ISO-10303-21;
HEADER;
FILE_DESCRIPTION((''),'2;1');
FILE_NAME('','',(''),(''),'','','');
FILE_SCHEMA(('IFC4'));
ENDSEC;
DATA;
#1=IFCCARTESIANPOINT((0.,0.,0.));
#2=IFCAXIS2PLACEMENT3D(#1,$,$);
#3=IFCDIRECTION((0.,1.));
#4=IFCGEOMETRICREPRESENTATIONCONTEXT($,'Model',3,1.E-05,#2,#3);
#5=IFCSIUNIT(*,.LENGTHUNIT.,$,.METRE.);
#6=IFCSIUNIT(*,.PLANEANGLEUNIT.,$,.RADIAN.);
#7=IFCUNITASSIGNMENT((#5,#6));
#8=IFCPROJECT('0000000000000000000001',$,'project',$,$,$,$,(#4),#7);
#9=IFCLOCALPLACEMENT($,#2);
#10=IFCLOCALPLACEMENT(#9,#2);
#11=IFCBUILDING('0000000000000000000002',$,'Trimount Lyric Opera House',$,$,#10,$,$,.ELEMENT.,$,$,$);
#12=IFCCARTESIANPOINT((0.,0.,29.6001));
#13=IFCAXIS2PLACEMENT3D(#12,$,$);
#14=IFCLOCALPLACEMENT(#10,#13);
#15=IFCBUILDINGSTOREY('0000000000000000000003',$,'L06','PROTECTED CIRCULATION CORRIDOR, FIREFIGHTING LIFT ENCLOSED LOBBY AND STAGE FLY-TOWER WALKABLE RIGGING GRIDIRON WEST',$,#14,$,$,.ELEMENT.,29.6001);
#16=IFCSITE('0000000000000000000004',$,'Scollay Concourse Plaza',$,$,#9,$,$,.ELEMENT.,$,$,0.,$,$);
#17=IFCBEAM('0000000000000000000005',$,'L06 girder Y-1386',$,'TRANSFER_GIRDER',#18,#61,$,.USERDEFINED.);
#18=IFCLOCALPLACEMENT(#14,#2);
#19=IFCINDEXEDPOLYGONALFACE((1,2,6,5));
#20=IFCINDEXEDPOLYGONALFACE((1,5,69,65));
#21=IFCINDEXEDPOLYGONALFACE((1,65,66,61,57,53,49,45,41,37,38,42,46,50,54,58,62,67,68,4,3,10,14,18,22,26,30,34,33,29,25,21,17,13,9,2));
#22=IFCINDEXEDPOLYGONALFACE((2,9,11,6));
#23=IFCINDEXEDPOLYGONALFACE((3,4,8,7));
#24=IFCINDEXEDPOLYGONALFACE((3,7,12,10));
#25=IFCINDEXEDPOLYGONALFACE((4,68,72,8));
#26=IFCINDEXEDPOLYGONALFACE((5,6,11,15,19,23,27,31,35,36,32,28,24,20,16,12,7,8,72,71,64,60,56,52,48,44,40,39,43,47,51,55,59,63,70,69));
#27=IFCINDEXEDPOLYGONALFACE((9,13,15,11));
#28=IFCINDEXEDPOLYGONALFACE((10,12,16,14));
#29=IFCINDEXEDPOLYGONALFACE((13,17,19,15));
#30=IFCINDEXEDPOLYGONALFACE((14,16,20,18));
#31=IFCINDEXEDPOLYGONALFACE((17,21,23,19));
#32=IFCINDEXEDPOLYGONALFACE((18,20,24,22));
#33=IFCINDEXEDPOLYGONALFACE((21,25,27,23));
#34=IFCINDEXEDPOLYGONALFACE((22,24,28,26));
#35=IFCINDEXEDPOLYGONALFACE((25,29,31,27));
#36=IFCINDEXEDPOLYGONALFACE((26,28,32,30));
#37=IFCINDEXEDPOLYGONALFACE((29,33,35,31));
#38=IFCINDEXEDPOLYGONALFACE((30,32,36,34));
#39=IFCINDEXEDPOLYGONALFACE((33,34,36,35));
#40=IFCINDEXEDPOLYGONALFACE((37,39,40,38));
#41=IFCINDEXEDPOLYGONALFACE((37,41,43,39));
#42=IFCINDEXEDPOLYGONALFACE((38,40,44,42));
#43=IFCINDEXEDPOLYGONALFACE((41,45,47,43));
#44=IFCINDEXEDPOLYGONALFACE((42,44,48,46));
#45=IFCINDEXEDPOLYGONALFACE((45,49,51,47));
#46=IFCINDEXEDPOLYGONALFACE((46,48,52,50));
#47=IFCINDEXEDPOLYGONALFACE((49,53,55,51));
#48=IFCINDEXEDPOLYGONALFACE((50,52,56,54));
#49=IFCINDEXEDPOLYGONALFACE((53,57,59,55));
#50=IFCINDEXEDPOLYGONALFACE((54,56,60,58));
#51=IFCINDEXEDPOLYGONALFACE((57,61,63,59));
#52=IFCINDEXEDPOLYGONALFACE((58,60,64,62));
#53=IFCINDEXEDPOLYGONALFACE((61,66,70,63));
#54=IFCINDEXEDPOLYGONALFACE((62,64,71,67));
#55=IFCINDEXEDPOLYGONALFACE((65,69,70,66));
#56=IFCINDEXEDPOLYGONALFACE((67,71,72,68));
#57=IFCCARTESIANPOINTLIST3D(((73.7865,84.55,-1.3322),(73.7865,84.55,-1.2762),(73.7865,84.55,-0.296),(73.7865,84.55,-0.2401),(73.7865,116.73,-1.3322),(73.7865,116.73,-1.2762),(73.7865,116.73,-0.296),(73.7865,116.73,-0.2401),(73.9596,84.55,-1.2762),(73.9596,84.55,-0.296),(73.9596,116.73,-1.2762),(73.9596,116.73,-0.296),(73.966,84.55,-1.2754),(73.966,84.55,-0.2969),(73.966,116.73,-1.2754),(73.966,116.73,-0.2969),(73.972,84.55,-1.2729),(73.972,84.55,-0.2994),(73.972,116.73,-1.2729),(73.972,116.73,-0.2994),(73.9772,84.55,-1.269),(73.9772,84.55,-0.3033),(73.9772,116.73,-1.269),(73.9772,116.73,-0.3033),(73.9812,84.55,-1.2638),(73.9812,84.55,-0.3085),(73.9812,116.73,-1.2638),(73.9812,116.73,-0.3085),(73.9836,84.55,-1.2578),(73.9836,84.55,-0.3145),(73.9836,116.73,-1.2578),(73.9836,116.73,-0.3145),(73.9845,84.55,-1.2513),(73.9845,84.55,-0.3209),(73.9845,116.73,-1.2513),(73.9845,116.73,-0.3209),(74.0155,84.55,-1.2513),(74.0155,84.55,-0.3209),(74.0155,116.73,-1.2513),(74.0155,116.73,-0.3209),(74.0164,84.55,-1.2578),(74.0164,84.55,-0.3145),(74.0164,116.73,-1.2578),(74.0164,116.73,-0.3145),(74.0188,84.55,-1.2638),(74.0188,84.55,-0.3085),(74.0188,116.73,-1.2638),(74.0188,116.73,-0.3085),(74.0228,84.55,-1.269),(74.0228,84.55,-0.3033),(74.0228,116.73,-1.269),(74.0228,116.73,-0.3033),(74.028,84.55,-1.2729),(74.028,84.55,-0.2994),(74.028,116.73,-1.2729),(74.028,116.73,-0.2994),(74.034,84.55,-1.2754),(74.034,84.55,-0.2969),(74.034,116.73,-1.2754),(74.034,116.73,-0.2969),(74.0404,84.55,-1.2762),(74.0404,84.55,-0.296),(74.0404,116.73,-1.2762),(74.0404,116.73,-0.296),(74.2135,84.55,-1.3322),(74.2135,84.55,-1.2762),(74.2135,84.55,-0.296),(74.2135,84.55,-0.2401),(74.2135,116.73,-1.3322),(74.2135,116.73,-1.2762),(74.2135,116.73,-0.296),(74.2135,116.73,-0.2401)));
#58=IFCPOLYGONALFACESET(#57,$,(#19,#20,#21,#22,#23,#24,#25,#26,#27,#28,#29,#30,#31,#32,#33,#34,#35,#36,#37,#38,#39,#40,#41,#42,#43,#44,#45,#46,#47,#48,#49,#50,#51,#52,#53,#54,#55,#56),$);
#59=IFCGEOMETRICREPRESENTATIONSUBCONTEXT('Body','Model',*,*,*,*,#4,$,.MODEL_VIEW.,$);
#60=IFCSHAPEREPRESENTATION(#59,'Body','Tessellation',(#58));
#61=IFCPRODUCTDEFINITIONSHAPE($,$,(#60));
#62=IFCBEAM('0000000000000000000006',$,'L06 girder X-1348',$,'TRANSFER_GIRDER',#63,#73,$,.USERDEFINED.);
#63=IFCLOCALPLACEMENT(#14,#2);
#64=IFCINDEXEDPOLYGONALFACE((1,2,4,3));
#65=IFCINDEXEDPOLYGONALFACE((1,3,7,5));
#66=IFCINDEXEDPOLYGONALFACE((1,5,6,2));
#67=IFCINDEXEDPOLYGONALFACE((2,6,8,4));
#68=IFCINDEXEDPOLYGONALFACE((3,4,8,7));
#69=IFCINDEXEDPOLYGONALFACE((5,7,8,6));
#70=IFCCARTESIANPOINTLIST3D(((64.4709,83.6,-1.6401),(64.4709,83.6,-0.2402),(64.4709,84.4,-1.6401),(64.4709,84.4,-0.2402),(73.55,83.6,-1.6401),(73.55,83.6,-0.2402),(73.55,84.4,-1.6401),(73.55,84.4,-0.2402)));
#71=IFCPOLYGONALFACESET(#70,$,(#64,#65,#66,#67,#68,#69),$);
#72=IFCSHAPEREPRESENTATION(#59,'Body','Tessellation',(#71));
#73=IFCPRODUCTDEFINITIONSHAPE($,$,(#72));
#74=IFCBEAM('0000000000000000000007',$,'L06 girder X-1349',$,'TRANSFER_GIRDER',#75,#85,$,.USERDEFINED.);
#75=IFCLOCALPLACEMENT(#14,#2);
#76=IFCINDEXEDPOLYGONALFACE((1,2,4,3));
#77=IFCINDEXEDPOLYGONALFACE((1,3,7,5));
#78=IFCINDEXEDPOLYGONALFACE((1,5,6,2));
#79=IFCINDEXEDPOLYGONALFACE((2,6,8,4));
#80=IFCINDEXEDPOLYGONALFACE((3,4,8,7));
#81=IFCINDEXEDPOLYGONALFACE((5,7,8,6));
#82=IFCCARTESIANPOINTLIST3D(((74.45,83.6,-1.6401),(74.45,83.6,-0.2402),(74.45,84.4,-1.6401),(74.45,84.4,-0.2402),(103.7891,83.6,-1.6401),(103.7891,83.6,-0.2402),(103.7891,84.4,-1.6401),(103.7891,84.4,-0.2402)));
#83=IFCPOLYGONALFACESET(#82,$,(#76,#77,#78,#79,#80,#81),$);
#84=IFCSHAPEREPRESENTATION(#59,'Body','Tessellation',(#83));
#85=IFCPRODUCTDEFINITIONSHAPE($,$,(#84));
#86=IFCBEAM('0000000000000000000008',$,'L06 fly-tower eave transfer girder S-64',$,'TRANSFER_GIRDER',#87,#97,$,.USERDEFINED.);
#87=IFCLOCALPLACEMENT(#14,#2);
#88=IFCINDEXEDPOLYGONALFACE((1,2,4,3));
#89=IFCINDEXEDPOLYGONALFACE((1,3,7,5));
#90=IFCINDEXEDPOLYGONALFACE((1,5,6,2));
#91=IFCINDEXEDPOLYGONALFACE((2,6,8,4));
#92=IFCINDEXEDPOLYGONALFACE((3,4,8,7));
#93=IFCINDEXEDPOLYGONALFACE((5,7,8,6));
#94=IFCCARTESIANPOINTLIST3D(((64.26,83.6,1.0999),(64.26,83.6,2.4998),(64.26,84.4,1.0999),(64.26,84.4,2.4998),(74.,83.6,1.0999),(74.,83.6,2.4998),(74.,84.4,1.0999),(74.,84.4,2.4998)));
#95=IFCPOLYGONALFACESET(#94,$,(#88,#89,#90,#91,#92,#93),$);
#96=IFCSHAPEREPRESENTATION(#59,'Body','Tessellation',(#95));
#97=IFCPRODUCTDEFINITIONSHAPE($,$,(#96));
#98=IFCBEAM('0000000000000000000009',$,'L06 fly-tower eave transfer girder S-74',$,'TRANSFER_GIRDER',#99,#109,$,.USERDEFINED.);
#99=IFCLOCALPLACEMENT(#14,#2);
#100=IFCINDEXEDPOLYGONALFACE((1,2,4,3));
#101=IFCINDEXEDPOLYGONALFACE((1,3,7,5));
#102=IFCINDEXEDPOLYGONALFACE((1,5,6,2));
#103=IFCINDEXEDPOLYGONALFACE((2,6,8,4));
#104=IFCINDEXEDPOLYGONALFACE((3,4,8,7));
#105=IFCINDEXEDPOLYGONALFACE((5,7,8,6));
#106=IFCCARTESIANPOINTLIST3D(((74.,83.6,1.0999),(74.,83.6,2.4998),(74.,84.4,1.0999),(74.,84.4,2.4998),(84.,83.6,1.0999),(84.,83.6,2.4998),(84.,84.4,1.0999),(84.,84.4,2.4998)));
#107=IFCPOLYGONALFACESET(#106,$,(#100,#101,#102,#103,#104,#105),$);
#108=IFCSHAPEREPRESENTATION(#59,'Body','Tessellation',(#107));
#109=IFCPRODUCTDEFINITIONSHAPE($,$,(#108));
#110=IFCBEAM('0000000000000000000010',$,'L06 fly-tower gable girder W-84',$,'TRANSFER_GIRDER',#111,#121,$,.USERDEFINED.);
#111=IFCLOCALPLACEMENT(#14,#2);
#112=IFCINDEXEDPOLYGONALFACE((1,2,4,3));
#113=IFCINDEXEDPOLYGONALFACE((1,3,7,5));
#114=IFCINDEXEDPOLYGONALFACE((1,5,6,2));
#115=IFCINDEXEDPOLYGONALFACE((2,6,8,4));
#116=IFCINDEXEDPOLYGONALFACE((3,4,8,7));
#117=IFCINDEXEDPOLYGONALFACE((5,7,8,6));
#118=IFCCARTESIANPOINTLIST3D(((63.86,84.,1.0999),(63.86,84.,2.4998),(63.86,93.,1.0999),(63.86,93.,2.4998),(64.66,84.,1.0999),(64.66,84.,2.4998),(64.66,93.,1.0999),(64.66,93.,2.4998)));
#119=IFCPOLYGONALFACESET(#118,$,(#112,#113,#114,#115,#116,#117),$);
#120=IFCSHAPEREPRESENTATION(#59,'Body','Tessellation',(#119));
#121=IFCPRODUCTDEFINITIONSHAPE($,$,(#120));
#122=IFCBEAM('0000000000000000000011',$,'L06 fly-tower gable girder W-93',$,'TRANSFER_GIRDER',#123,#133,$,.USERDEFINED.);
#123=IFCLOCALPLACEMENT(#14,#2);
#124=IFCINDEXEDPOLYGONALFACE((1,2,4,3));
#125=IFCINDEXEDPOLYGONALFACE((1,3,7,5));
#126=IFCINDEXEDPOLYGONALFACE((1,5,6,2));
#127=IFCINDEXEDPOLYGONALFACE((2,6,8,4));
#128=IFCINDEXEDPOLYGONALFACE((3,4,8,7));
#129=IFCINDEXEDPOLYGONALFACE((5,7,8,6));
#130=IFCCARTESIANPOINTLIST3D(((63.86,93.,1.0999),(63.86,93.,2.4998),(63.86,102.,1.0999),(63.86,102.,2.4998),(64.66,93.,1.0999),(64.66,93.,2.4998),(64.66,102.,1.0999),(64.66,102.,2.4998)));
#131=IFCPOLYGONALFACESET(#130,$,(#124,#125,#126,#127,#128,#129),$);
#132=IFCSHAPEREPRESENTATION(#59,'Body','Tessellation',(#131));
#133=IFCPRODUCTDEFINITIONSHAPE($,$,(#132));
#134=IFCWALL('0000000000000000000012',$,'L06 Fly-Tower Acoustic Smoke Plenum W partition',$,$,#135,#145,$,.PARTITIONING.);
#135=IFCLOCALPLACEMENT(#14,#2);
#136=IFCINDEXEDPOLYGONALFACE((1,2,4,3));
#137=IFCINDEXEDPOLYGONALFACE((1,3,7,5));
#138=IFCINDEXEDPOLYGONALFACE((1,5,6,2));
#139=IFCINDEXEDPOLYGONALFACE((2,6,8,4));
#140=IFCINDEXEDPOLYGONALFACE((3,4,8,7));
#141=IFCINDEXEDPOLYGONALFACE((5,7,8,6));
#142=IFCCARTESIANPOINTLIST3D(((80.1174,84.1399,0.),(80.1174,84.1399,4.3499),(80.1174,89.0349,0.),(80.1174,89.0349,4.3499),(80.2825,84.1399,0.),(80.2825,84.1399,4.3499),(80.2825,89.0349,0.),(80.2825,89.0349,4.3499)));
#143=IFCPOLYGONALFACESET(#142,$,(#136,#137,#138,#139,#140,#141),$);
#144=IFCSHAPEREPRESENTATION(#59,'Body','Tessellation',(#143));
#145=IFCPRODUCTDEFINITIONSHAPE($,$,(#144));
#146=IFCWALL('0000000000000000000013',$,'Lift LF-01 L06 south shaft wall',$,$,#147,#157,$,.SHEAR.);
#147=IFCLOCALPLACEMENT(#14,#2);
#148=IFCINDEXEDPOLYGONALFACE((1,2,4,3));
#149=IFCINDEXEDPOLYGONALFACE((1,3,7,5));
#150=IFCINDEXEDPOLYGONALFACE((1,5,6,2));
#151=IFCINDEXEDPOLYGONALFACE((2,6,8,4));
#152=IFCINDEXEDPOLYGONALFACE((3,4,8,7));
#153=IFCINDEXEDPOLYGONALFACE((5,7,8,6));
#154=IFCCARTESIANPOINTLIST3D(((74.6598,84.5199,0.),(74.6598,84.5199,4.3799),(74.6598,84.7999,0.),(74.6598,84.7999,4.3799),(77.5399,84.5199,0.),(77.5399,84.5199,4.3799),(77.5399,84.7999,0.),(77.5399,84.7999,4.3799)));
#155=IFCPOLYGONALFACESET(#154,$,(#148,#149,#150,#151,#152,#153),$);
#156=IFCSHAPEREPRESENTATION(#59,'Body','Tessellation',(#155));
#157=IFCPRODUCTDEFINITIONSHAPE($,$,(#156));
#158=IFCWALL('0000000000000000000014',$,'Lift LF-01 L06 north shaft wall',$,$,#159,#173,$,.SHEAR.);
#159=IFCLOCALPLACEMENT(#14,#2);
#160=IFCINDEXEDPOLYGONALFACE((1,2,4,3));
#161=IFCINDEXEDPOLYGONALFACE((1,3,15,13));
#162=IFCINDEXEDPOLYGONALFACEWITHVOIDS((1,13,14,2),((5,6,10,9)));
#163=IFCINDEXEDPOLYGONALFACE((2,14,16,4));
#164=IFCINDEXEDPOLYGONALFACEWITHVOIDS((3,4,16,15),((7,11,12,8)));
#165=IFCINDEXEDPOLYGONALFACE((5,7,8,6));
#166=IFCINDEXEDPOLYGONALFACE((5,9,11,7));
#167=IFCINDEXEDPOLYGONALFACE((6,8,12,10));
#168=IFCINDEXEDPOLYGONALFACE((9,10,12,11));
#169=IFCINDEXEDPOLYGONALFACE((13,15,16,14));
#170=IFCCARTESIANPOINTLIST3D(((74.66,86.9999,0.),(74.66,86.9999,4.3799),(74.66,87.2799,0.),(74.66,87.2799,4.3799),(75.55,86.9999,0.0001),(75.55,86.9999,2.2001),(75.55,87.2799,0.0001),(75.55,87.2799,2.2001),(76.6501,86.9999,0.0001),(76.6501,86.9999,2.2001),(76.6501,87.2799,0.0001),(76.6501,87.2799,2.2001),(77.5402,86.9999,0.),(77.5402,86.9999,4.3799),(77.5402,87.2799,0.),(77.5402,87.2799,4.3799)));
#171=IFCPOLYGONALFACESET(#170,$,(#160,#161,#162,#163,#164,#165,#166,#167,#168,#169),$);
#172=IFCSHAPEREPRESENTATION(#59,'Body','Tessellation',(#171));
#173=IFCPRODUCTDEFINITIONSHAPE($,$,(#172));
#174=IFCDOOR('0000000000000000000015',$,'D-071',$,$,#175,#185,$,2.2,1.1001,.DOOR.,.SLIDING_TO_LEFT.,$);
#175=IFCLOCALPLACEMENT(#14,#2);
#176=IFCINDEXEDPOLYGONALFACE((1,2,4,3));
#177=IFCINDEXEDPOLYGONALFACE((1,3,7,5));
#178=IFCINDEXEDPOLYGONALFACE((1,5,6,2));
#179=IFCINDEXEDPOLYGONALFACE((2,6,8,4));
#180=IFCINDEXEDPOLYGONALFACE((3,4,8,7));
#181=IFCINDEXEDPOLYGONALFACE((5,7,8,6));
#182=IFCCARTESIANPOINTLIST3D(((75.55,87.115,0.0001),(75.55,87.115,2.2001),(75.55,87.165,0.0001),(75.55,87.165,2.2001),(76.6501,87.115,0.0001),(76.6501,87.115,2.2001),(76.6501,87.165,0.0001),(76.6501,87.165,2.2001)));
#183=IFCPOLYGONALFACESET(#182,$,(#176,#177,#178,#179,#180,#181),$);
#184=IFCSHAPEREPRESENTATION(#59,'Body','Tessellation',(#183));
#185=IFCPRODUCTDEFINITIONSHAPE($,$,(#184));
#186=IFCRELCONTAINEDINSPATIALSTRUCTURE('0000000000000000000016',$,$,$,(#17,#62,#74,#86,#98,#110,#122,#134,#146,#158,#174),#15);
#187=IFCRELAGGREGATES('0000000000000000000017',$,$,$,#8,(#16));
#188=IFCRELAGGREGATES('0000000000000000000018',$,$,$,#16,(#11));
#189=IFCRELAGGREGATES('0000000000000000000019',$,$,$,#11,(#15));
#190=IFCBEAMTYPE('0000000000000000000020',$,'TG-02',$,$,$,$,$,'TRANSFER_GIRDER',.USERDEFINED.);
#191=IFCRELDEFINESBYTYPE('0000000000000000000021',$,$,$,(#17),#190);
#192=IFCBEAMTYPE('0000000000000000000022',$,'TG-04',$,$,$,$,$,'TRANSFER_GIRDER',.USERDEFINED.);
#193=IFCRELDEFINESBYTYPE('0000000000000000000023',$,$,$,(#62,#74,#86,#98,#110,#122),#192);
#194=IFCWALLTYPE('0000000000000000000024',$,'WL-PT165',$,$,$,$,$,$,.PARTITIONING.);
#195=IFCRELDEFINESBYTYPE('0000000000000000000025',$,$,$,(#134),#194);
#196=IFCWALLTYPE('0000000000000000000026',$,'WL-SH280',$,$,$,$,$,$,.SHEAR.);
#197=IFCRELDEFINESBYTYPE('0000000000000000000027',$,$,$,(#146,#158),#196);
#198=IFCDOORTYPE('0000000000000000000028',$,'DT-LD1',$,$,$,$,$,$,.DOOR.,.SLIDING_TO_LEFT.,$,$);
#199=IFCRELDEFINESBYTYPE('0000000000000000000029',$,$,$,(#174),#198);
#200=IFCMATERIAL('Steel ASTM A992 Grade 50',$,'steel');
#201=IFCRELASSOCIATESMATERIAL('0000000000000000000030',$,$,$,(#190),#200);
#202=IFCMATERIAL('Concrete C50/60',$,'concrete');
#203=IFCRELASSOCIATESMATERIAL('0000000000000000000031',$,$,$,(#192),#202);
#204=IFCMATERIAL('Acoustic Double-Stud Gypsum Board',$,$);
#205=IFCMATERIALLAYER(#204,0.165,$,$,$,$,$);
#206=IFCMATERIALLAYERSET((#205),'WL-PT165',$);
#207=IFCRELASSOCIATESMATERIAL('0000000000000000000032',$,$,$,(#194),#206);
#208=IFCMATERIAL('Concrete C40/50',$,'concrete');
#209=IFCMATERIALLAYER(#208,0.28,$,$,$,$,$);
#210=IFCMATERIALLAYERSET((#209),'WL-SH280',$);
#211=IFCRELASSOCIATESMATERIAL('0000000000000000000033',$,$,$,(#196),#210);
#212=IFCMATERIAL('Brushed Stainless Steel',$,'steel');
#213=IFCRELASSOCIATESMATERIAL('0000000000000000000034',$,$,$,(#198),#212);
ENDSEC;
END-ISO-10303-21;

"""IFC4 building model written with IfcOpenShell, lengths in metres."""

from ifc_helpers import new_model, si_unit, direction, frame, frame_2d, origin, origin_2d, place, context, subcontext, project, spatial, rectangle, i_section, extrude, material, layer, layer_set, material_profile, profile_set, type_object, element, fill, save


model = new_model("IFC4")

# Units and contexts
model_context = context("Model", 3, precision=1e-05, world=origin(), true_north=direction((0.0, 1.0)))
body_context = subcontext(model_context, "Body", "Model", "MODEL_VIEW")
ifc_project = project(units=[si_unit("LENGTHUNIT", "METRE"), si_unit("PLANEANGLEUNIT", "RADIAN")], contexts=[model_context])

# Site, building, storey
site_placement = place(None, origin())
site = spatial("IfcSite", under=ifc_project, at=site_placement, Name="Scollay Concourse Plaza", CompositionType="ELEMENT", RefElevation=0.0)
building_placement = place(site_placement, origin())
building = spatial("IfcBuilding", under=site, at=building_placement, Name="Trimount Lyric Opera House", CompositionType="ELEMENT")
storey_placement = place(building_placement, frame((0.0, 0.0, 29.6001)))
storey = spatial("IfcBuildingStorey", under=building, at=storey_placement, Name="L06", Description="PROTECTED CIRCULATION CORRIDOR, FIREFIGHTING LIFT ENCLOSED LOBBY AND STAGE FLY-TOWER WALKABLE RIGGING GRIDIRON WEST", CompositionType="ELEMENT", Elevation=29.6001)

# Beams
ifc_material_1 = material(Name="Steel ASTM A992 Grade 50", Category="steel")
ifc_material_profile_1 = material_profile(ifc_material_1, i_section(OverallWidth=0.427, OverallDepth=1.092, WebThickness=0.031, FlangeThickness=0.0559, FilletRadius=0.0249, at=origin_2d()), Name="W40X397")
ifc_profile_set_1 = profile_set([ifc_material_profile_1], Name="Steel ASTM A992 Grade 50")
beam_type_1 = type_object("IfcBeamType", Name="TG-02", ElementType="TRANSFER_GIRDER", PredefinedType="USERDEFINED", material=ifc_profile_set_1)
beam_1_placement = place(storey_placement, frame((74.0, 84.55, -0.7861), z_axis=(0.0, 1.0, 0.0), x_axis=(-1.0, 0.0, 0.0)))
element("IfcBeam", 1, at=beam_1_placement, inside=storey, type_object=beam_type_1, Name="L06 girder Y-1386", ObjectType="TRANSFER_GIRDER", PredefinedType="USERDEFINED", context=body_context, shape_type="SweptSolid", body=[
    extrude(i_section(OverallWidth=0.427, OverallDepth=1.092, WebThickness=0.031, FlangeThickness=0.0559, FilletRadius=0.0249, at=origin_2d()), origin(), (0.0, 0.0, 1.0), 32.1799),
])
ifc_material_2 = material(Name="Concrete C50/60", Category="concrete")
ifc_material_profile_2 = material_profile(ifc_material_2, rectangle(XDim=0.8, YDim=1.3999, at=origin_2d()), Name="RC800X1400")
ifc_profile_set_2 = profile_set([ifc_material_profile_2], Name="Concrete C50/60")
beam_type_2 = type_object("IfcBeamType", Name="TG-04", ElementType="TRANSFER_GIRDER", PredefinedType="USERDEFINED", material=ifc_profile_set_2)
beam_2_placement = place(storey_placement, frame((64.4709, 84.0, -0.9402), z_axis=(1.0, 0.0, 0.0), x_axis=(0.0, 1.0, 0.0)))
element("IfcBeam", 2, at=beam_2_placement, inside=storey, type_object=beam_type_2, Name="L06 girder X-1348", ObjectType="TRANSFER_GIRDER", PredefinedType="USERDEFINED", context=body_context, shape_type="SweptSolid", body=[
    extrude(rectangle(XDim=0.8, YDim=1.3999, at=origin_2d()), origin(), (0.0, 0.0, 1.0), 9.0791),
])
beam_3_placement = place(storey_placement, frame((74.45, 84.0, -0.9402), z_axis=(1.0, 0.0, 0.0), x_axis=(0.0, 1.0, 0.0)))
element("IfcBeam", 3, at=beam_3_placement, inside=storey, type_object=beam_type_2, Name="L06 girder X-1349", ObjectType="TRANSFER_GIRDER", PredefinedType="USERDEFINED", context=body_context, shape_type="SweptSolid", body=[
    extrude(rectangle(XDim=0.8, YDim=1.3999, at=origin_2d()), origin(), (0.0, 0.0, 1.0), 29.3391),
])
beam_4_placement = place(storey_placement, frame((64.26, 84.0, 1.7998), z_axis=(1.0, 0.0, 0.0), x_axis=(0.0, 1.0, 0.0)))
element("IfcBeam", 4, at=beam_4_placement, inside=storey, type_object=beam_type_2, Name="L06 fly-tower eave transfer girder S-64", ObjectType="TRANSFER_GIRDER", PredefinedType="USERDEFINED", context=body_context, shape_type="SweptSolid", body=[
    extrude(rectangle(XDim=0.8, YDim=1.3999, at=origin_2d()), origin(), (0.0, 0.0, 1.0), 9.74),
])
beam_5_placement = place(storey_placement, frame((74.0, 84.0, 1.7998), z_axis=(1.0, 0.0, 0.0), x_axis=(0.0, 1.0, 0.0)))
element("IfcBeam", 5, at=beam_5_placement, inside=storey, type_object=beam_type_2, Name="L06 fly-tower eave transfer girder S-74", ObjectType="TRANSFER_GIRDER", PredefinedType="USERDEFINED", context=body_context, shape_type="SweptSolid", body=[
    extrude(rectangle(XDim=0.8, YDim=1.3999, at=origin_2d()), origin(), (0.0, 0.0, 1.0), 10.0),
])
for number, where, z_axis, x_axis, name in (
    (6, (64.26, 84.0, 1.7998), (0.0, 1.0, 0.0), (-1.0, 0.0, 0.0), "L06 fly-tower gable girder W-84"),
    (7, (64.26, 93.0, 1.7998), (0.0, 1.0, 0.0), (-1.0, 0.0, 0.0), "L06 fly-tower gable girder W-93"),
):
    element("IfcBeam", number, at=place(storey_placement, frame(where, z_axis=z_axis, x_axis=x_axis)), inside=storey, type_object=beam_type_2, Name=name, ObjectType="TRANSFER_GIRDER", PredefinedType="USERDEFINED", context=body_context, shape_type="SweptSolid", body=[
        extrude(rectangle(XDim=0.8, YDim=1.3999, at=origin_2d()), origin(), (0.0, 0.0, 1.0), 9.0),
    ])

# Walls
ifc_material_3 = material(Name="Acoustic Double-Stud Gypsum Board")
ifc_layer_1 = layer(ifc_material_3, 0.165)
ifc_layer_set_1 = layer_set([ifc_layer_1], Name="WL-PT165")
wall_type_1 = type_object("IfcWallType", Name="WL-PT165", PredefinedType="PARTITIONING", material=ifc_layer_set_1)
wall_1_placement = place(storey_placement, frame((80.2, 89.0349, 0.0), z_axis=(0.0, 0.0, 1.0), x_axis=(0.0, -1.0, 0.0)))
element("IfcWall", 8, at=wall_1_placement, inside=storey, type_object=wall_type_1, Name="L06 Fly-Tower Acoustic Smoke Plenum W partition", PredefinedType="PARTITIONING", context=body_context, shape_type="SweptSolid", body=[
    extrude(rectangle(XDim=4.895, YDim=0.165, at=frame_2d((2.4475, 0.0))), origin(), (0.0, 0.0, 1.0), 4.3499),
])
ifc_material_4 = material(Name="Concrete C40/50", Category="concrete")
ifc_layer_2 = layer(ifc_material_4, 0.28)
ifc_layer_set_2 = layer_set([ifc_layer_2], Name="WL-SH280")
wall_type_2 = type_object("IfcWallType", Name="WL-SH280", PredefinedType="SHEAR", material=ifc_layer_set_2)
wall_2_placement = place(storey_placement, frame((74.6599, 84.6599, 0.0), z_axis=(0.0, 0.0, 1.0), x_axis=(1.0, 0.0, 0.0)))
element("IfcWall", 9, at=wall_2_placement, inside=storey, type_object=wall_type_2, Name="Lift LF-01 L06 south shaft wall", PredefinedType="SHEAR", context=body_context, shape_type="SweptSolid", body=[
    extrude(rectangle(XDim=2.8801, YDim=0.28, at=frame_2d((1.4399, 0.0))), origin(), (0.0, 0.0, 1.0), 4.3799),
])

# Wall, opening, door
wall_3_placement = place(storey_placement, frame((77.54, 87.1399, 0.0), z_axis=(0.0, 0.0, 1.0), x_axis=(-1.0, 0.0, 0.0)))
wall_3 = element("IfcWall", 10, at=wall_3_placement, inside=storey, type_object=wall_type_2, Name="Lift LF-01 L06 north shaft wall", PredefinedType="SHEAR", context=body_context, shape_type="SweptSolid", body=[
    extrude(rectangle(XDim=2.8801, YDim=0.28, at=frame_2d((1.4399, 0.0))), origin(), (0.0, 0.0, 1.0), 4.3799),
])
opening_1_placement = place(wall_3_placement, frame((0.8899, 0.0, 0.0)))
opening_1 = element("IfcOpeningElement", 11, at=opening_1_placement, cuts=wall_3, PredefinedType="OPENING", context=body_context, shape_type="SweptSolid", body=[
    extrude(rectangle(XDim=1.1001, YDim=2.2, at=frame_2d((0.55, 1.1001))), frame((0.0, 0.1499, 0.0), z_axis=(0.0, -1.0, 0.0), x_axis=(1.0, 0.0, 0.0)), (0.0, 0.0, 1.0), 0.3),
])
ifc_material_5 = material(Name="Brushed Stainless Steel", Category="steel")
door_type_1 = type_object("IfcDoorType", Name="DT-LD1", OperationType="SLIDING_TO_LEFT", PredefinedType="DOOR", material=ifc_material_5)
door_1_placement = place(opening_1_placement, origin())
door_1 = element("IfcDoor", 12, at=door_1_placement, inside=storey, type_object=door_type_1, Name="D-071", OperationType="SLIDING_TO_LEFT", OverallHeight=2.2, OverallWidth=1.1001, PredefinedType="DOOR", context=body_context, shape_type="SweptSolid", body=[
    extrude(rectangle(XDim=1.1001, YDim=2.2, at=frame_2d((0.55, 1.1001))), frame((0.0, 0.0249, 0.0), z_axis=(0.0, -1.0, 0.0), x_axis=(1.0, 0.0, 0.0)), (0.0, 0.0, 1.0), 0.05),
])
fill(opening_1, door_1)

save(model, "model.ifc")
